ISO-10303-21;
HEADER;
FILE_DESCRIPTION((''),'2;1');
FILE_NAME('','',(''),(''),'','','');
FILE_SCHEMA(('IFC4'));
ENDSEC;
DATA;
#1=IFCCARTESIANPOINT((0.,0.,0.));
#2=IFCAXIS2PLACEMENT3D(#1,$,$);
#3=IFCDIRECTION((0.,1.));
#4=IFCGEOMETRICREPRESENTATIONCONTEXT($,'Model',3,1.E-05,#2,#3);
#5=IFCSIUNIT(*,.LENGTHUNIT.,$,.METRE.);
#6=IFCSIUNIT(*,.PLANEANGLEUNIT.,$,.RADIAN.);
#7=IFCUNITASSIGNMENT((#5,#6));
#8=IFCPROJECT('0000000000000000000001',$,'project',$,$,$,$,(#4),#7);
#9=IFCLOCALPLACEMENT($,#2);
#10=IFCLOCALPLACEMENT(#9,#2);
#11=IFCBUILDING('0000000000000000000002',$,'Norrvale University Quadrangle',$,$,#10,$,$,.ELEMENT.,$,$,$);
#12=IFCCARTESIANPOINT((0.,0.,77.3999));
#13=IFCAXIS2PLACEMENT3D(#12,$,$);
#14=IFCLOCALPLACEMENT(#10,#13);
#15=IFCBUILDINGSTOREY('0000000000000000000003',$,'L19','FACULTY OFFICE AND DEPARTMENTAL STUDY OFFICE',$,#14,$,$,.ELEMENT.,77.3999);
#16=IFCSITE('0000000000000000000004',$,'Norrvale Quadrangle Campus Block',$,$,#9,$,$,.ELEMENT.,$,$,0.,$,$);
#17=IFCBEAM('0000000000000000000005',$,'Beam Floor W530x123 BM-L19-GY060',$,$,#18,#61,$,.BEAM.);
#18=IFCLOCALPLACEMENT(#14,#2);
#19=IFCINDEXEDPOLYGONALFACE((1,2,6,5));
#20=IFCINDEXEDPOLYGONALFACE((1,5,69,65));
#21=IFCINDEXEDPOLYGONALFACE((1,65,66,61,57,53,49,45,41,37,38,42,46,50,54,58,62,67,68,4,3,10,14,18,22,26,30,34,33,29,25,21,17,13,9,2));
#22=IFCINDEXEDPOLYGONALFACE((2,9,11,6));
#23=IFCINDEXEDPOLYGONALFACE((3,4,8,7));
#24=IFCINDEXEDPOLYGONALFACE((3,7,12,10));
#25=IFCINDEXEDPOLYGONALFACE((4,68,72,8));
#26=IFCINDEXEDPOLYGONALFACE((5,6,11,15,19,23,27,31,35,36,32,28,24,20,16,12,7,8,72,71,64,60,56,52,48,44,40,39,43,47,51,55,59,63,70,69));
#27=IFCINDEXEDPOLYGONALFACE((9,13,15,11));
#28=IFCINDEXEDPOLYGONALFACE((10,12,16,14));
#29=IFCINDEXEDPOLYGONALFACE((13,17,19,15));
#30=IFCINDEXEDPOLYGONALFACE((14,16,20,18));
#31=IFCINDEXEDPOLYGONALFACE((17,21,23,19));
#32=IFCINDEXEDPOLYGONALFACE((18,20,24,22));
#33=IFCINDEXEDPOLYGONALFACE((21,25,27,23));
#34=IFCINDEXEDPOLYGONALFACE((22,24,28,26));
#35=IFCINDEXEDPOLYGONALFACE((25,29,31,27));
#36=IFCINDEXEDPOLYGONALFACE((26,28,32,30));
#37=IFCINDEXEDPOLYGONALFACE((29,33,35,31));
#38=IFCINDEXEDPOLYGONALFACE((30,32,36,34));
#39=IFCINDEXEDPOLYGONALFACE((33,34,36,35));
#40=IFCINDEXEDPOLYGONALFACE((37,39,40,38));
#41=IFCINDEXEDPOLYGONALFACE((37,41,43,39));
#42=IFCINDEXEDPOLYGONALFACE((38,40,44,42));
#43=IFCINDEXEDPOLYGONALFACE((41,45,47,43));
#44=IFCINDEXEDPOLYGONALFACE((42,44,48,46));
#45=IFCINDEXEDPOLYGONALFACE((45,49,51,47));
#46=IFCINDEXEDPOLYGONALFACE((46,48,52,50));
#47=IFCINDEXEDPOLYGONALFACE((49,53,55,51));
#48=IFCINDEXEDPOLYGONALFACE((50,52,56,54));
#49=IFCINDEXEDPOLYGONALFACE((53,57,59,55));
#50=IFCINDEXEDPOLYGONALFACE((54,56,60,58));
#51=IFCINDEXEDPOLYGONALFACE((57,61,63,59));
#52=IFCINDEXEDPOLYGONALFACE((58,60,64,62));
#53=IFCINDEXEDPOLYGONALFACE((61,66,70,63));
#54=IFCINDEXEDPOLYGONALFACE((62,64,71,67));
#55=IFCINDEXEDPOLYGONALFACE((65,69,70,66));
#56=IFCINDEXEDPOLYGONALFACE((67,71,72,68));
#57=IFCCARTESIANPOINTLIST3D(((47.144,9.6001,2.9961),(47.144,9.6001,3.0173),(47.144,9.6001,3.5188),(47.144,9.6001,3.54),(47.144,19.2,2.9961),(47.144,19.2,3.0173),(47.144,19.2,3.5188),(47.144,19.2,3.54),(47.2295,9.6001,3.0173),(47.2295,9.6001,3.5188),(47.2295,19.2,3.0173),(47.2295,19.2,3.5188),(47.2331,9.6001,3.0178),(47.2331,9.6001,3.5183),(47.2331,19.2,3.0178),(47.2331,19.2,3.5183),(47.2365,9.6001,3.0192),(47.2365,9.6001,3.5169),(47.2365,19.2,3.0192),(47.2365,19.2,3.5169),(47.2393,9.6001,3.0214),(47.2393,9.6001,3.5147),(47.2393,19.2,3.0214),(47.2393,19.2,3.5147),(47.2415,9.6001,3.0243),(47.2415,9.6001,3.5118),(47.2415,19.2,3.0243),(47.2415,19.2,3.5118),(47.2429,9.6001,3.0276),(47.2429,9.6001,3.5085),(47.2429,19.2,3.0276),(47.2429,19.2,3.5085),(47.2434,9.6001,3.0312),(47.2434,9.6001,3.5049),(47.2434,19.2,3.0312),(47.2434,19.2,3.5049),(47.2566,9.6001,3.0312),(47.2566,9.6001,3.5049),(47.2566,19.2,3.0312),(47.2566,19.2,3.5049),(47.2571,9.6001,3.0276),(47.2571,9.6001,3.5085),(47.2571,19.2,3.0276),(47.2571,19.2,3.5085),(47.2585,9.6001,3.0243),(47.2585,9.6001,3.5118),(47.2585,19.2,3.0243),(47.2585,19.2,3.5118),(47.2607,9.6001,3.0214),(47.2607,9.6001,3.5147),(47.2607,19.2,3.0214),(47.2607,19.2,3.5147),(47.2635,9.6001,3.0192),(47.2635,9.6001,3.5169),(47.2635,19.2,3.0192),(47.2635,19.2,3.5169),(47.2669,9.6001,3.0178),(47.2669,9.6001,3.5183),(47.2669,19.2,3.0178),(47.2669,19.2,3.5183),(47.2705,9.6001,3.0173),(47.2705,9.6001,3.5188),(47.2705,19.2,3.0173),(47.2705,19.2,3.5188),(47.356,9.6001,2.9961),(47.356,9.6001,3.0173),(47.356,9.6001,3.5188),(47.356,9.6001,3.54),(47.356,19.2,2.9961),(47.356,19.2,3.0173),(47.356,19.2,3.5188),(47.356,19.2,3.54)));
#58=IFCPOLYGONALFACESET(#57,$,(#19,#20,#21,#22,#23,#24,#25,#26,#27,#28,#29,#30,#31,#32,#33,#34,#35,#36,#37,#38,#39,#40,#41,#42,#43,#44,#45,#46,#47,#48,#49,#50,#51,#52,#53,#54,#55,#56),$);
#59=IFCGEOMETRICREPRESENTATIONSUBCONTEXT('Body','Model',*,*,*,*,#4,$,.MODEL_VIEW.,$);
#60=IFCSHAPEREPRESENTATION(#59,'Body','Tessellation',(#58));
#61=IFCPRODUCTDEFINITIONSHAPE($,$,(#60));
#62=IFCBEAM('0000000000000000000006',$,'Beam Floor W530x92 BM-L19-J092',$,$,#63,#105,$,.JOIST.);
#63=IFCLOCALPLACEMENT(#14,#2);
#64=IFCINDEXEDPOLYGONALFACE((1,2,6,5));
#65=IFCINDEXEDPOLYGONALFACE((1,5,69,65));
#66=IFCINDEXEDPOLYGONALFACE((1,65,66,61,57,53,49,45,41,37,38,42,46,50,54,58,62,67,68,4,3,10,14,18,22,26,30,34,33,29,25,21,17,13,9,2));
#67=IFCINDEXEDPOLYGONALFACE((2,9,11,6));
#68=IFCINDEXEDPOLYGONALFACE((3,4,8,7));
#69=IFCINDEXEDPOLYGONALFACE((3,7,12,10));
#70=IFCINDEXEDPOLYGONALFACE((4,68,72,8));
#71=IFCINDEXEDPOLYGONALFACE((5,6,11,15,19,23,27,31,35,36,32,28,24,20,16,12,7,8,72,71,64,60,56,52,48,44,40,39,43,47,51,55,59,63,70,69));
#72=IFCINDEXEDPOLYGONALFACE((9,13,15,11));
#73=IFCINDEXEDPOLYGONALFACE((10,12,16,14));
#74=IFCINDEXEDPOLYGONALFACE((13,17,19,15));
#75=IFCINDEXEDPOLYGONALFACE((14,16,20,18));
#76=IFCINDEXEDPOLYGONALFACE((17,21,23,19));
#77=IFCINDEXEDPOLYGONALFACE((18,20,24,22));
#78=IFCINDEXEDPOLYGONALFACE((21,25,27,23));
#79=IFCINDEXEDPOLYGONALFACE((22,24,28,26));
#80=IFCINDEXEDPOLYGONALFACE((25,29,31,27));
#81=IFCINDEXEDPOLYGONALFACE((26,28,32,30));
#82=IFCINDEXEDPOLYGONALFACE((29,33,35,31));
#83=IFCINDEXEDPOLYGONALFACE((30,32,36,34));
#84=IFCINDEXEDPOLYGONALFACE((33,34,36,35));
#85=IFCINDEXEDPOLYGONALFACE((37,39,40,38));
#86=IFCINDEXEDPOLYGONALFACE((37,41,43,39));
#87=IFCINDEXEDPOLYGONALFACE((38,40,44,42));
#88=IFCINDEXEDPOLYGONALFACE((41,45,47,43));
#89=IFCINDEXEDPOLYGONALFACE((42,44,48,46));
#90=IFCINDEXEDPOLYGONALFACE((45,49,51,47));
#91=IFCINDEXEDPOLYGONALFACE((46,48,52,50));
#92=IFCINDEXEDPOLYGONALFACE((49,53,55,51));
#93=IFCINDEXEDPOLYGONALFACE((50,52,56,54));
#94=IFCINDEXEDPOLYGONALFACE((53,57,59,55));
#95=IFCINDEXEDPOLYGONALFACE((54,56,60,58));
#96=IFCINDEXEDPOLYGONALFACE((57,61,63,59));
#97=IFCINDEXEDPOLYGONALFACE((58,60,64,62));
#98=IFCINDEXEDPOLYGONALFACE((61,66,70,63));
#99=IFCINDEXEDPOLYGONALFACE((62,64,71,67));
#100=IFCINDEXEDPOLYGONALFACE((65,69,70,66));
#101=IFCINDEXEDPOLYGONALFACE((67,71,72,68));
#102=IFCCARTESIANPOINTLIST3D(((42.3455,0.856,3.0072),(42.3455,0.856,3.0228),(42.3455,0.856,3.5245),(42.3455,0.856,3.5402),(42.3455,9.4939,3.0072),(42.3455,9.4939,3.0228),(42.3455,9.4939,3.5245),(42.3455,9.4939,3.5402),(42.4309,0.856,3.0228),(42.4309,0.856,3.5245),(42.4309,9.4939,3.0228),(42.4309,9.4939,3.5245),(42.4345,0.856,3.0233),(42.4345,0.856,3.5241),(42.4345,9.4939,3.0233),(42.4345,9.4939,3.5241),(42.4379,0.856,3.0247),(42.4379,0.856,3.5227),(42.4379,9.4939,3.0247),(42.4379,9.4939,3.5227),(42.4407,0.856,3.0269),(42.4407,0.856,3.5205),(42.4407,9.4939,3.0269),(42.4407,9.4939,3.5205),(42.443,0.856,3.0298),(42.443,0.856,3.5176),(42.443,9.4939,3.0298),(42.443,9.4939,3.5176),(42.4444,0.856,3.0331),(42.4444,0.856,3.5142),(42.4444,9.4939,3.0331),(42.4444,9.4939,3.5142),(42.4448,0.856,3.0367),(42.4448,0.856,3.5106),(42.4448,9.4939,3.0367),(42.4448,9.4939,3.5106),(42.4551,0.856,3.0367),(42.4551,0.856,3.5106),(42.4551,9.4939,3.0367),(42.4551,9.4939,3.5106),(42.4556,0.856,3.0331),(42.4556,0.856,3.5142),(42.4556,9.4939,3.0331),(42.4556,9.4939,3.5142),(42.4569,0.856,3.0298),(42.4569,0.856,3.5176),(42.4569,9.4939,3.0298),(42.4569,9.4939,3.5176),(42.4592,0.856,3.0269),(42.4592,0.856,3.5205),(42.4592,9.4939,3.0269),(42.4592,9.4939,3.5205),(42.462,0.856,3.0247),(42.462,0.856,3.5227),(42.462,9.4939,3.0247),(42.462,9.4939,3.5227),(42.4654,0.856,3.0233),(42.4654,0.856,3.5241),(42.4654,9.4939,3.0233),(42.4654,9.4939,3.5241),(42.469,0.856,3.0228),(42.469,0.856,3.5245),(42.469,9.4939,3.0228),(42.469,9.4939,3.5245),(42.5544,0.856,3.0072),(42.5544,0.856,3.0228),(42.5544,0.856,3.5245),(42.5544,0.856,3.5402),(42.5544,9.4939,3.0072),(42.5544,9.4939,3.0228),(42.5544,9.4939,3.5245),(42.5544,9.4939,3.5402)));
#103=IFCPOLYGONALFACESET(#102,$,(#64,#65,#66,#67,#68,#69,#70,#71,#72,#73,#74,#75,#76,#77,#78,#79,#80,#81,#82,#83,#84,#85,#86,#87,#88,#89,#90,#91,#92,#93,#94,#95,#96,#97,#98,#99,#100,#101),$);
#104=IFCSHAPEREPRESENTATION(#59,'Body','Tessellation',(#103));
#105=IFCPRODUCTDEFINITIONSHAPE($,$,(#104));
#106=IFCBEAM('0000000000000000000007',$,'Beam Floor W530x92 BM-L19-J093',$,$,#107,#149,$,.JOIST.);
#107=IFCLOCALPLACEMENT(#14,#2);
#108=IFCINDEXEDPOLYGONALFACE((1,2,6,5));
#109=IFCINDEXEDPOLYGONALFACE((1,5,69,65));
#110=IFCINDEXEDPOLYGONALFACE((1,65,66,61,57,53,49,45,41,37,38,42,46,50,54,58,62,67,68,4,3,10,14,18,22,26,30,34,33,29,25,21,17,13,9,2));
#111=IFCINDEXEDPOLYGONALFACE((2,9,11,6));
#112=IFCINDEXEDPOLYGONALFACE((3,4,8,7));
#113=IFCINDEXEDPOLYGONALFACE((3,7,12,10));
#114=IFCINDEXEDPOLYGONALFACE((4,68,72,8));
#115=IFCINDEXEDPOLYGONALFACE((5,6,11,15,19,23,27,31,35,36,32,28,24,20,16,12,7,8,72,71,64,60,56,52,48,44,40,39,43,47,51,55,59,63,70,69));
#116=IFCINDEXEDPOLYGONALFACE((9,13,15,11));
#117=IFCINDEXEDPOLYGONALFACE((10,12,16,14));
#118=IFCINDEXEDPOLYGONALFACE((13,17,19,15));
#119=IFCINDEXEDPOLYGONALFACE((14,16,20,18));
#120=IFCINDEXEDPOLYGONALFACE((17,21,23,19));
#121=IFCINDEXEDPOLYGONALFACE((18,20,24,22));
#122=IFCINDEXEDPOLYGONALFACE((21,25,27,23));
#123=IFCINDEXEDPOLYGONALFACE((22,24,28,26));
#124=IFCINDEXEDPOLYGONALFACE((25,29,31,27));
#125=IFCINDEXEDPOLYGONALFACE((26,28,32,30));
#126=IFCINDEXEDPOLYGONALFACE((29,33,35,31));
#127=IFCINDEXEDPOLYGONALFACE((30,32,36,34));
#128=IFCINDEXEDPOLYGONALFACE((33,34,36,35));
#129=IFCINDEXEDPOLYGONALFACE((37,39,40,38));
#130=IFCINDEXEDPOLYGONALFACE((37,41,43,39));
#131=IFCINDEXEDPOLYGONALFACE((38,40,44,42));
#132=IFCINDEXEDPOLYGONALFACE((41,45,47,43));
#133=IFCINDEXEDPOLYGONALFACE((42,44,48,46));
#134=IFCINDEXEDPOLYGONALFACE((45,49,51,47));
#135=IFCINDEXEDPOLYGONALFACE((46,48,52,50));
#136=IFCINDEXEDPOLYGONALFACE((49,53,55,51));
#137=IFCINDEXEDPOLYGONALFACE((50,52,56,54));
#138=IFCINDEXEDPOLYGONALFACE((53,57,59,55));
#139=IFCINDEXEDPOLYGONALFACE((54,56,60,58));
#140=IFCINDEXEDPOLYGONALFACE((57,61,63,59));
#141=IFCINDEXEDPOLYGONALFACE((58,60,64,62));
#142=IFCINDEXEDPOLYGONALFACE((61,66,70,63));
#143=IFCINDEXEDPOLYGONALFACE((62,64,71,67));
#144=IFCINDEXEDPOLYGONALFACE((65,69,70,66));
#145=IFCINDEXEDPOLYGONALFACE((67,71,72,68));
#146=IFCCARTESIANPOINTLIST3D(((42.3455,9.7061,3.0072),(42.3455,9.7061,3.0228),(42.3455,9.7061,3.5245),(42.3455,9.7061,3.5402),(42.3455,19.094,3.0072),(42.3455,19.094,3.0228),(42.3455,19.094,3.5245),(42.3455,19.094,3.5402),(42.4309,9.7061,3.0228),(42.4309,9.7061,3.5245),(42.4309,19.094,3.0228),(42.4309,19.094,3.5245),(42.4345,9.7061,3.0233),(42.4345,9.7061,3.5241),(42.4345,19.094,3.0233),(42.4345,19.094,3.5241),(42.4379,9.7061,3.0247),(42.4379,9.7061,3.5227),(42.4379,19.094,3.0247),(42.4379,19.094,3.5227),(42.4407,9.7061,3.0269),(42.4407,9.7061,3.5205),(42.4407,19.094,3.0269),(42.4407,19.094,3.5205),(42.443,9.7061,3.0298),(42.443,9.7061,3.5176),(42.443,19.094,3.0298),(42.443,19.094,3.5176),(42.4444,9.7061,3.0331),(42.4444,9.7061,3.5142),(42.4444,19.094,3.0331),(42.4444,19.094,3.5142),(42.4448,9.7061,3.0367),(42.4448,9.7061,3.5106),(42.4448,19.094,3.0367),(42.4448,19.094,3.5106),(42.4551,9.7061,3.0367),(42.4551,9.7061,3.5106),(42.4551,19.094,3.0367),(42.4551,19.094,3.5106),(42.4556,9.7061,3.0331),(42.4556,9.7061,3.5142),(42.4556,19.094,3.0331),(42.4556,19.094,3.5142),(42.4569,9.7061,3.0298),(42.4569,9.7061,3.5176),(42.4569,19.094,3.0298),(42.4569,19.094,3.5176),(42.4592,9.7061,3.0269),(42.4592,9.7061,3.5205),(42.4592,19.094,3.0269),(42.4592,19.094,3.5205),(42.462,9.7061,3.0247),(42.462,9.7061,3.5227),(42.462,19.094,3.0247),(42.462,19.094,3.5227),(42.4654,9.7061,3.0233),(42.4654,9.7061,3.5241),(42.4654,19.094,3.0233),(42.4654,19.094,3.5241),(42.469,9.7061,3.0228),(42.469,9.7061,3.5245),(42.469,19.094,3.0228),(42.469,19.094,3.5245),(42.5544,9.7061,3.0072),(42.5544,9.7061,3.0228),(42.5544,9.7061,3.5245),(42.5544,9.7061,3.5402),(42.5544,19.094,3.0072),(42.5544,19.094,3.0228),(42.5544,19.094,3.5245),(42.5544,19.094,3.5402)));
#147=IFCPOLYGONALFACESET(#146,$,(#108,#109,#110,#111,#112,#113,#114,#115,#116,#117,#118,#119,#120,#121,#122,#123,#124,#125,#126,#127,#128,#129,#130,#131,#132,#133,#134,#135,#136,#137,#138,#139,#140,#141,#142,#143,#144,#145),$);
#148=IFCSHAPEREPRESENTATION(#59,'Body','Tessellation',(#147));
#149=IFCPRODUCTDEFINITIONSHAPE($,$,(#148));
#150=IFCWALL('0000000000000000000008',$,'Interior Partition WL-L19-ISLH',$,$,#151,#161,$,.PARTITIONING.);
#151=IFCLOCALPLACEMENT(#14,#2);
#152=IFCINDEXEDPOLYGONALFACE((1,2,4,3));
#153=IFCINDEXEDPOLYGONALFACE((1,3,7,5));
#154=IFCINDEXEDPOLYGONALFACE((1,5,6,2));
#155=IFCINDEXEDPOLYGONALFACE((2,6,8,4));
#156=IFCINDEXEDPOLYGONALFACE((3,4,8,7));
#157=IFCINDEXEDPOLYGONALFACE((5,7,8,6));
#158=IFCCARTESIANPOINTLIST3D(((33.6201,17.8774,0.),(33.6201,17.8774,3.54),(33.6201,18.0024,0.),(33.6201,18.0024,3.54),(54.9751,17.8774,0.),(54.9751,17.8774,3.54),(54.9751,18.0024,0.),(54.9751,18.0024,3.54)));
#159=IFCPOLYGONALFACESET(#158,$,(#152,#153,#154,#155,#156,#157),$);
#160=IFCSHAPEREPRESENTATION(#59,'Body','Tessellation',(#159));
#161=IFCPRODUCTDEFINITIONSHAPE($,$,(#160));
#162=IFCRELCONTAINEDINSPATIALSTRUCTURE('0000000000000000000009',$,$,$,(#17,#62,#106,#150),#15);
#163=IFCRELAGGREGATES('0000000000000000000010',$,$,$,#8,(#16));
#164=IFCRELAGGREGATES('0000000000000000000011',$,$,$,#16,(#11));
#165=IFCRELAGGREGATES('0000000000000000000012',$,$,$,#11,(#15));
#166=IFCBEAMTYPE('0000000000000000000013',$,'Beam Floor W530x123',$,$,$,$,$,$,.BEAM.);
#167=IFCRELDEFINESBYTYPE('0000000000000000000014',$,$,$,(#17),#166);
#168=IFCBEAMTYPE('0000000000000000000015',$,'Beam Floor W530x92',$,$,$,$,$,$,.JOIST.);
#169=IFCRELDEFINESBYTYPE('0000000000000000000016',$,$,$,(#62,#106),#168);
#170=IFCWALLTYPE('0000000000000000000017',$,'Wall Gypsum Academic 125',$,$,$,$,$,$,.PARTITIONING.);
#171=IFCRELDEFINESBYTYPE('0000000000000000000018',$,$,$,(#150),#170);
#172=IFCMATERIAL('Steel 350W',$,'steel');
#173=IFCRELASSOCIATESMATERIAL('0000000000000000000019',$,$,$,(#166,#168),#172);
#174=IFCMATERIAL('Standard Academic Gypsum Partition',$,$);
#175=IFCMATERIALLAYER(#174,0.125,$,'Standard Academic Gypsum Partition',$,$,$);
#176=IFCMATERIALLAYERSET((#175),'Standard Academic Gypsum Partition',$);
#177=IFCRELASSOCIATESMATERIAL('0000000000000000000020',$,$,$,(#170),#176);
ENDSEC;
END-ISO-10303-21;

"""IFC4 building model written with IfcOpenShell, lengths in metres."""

from ifc_helpers import new_model, si_unit, direction, frame, frame_2d, origin, origin_2d, place, context, subcontext, project, spatial, rectangle, i_section, extrude, material, layer, layer_set, material_profile, profile_set, type_object, element, save


model = new_model("IFC4")

# Units and contexts
model_context = context("Model", 3, precision=1e-05, world=origin(), true_north=direction((0.0, 1.0)))
body_context = subcontext(model_context, "Body", "Model", "MODEL_VIEW")
ifc_project = project(units=[si_unit("LENGTHUNIT", "METRE"), si_unit("PLANEANGLEUNIT", "RADIAN")], contexts=[model_context])

# Site, building, storey
site_placement = place(None, origin())
site = spatial("IfcSite", under=ifc_project, at=site_placement, Name="Norrvale Quadrangle Campus Block", CompositionType="ELEMENT", RefElevation=0.0)
building_placement = place(site_placement, origin())
building = spatial("IfcBuilding", under=site, at=building_placement, Name="Norrvale University Quadrangle", CompositionType="ELEMENT")
storey_placement = place(building_placement, frame((0.0, 0.0, 77.3999)))
storey = spatial("IfcBuildingStorey", under=building, at=storey_placement, Name="L19", Description="FACULTY OFFICE AND DEPARTMENTAL STUDY OFFICE", CompositionType="ELEMENT", Elevation=77.3999)

# Beams
ifc_material_1 = material(Name="Steel 350W", Category="steel")
ifc_material_profile_1 = material_profile(ifc_material_1, i_section(OverallWidth=0.2119, OverallDepth=0.5439, WebThickness=0.0132, FlangeThickness=0.0212, FilletRadius=0.0139, at=origin_2d()), Name="Steel 350W")
ifc_profile_set_1 = profile_set([ifc_material_profile_1], Name="Steel 350W")
beam_type_1 = type_object("IfcBeamType", Name="Beam Floor W530x123", PredefinedType="BEAM", material=ifc_profile_set_1)
beam_1_placement = place(storey_placement, frame((47.25, 9.6001, 3.2681), z_axis=(0.0, 1.0, 0.0), x_axis=(-1.0, 0.0, 0.0)))
element("IfcBeam", 1, at=beam_1_placement, inside=storey, type_object=beam_type_1, Name="Beam Floor W530x123 BM-L19-GY060", PredefinedType="BEAM", context=body_context, shape_type="SweptSolid", body=[
    extrude(i_section(OverallWidth=0.2119, OverallDepth=0.5439, WebThickness=0.0132, FlangeThickness=0.0212, FilletRadius=0.0139, at=origin_2d()), origin(), (0.0, 0.0, 1.0), 9.5999),
])
ifc_material_profile_2 = material_profile(ifc_material_1, i_section(OverallWidth=0.209, OverallDepth=0.533, WebThickness=0.0103, FlangeThickness=0.0156, FilletRadius=0.0139, at=origin_2d()), Name="Steel 350W")
ifc_profile_set_2 = profile_set([ifc_material_profile_2], Name="Steel 350W")
beam_type_2 = type_object("IfcBeamType", Name="Beam Floor W530x92", PredefinedType="JOIST", material=ifc_profile_set_2)
beam_2_placement = place(storey_placement, frame((42.45, 0.856, 3.2737), z_axis=(0.0, 1.0, 0.0), x_axis=(-1.0, 0.0, 0.0)))
element("IfcBeam", 2, at=beam_2_placement, inside=storey, type_object=beam_type_2, Name="Beam Floor W530x92 BM-L19-J092", PredefinedType="JOIST", context=body_context, shape_type="SweptSolid", body=[
    extrude(i_section(OverallWidth=0.209, OverallDepth=0.533, WebThickness=0.0103, FlangeThickness=0.0156, FilletRadius=0.0139, at=origin_2d()), origin(), (0.0, 0.0, 1.0), 8.6379),
])
beam_3_placement = place(storey_placement, frame((42.45, 9.7061, 3.2737), z_axis=(0.0, 1.0, 0.0), x_axis=(-1.0, 0.0, 0.0)))
element("IfcBeam", 3, at=beam_3_placement, inside=storey, type_object=beam_type_2, Name="Beam Floor W530x92 BM-L19-J093", PredefinedType="JOIST", context=body_context, shape_type="SweptSolid", body=[
    extrude(i_section(OverallWidth=0.209, OverallDepth=0.533, WebThickness=0.0103, FlangeThickness=0.0156, FilletRadius=0.0139, at=origin_2d()), origin(), (0.0, 0.0, 1.0), 9.3879),
])

# Wall
ifc_material_2 = material(Name="Standard Academic Gypsum Partition")
ifc_layer = layer(ifc_material_2, 0.125, Name="Standard Academic Gypsum Partition")
ifc_layer_set = layer_set([ifc_layer], Name="Standard Academic Gypsum Partition")
wall_type = type_object("IfcWallType", Name="Wall Gypsum Academic 125", PredefinedType="PARTITIONING", material=ifc_layer_set)
wall_placement = place(storey_placement, frame((33.6201, 17.9399, 0.0), z_axis=(0.0, 0.0, 1.0), x_axis=(1.0, 0.0, 0.0)))
element("IfcWall", 4, at=wall_placement, inside=storey, type_object=wall_type, Name="Interior Partition WL-L19-ISLH", PredefinedType="PARTITIONING", context=body_context, shape_type="SweptSolid", body=[
    extrude(rectangle(XDim=21.355, YDim=0.125, at=frame_2d((10.6775, 0.0))), origin(), (0.0, 0.0, 1.0), 3.54),
])

save(model, "model.ifc")
